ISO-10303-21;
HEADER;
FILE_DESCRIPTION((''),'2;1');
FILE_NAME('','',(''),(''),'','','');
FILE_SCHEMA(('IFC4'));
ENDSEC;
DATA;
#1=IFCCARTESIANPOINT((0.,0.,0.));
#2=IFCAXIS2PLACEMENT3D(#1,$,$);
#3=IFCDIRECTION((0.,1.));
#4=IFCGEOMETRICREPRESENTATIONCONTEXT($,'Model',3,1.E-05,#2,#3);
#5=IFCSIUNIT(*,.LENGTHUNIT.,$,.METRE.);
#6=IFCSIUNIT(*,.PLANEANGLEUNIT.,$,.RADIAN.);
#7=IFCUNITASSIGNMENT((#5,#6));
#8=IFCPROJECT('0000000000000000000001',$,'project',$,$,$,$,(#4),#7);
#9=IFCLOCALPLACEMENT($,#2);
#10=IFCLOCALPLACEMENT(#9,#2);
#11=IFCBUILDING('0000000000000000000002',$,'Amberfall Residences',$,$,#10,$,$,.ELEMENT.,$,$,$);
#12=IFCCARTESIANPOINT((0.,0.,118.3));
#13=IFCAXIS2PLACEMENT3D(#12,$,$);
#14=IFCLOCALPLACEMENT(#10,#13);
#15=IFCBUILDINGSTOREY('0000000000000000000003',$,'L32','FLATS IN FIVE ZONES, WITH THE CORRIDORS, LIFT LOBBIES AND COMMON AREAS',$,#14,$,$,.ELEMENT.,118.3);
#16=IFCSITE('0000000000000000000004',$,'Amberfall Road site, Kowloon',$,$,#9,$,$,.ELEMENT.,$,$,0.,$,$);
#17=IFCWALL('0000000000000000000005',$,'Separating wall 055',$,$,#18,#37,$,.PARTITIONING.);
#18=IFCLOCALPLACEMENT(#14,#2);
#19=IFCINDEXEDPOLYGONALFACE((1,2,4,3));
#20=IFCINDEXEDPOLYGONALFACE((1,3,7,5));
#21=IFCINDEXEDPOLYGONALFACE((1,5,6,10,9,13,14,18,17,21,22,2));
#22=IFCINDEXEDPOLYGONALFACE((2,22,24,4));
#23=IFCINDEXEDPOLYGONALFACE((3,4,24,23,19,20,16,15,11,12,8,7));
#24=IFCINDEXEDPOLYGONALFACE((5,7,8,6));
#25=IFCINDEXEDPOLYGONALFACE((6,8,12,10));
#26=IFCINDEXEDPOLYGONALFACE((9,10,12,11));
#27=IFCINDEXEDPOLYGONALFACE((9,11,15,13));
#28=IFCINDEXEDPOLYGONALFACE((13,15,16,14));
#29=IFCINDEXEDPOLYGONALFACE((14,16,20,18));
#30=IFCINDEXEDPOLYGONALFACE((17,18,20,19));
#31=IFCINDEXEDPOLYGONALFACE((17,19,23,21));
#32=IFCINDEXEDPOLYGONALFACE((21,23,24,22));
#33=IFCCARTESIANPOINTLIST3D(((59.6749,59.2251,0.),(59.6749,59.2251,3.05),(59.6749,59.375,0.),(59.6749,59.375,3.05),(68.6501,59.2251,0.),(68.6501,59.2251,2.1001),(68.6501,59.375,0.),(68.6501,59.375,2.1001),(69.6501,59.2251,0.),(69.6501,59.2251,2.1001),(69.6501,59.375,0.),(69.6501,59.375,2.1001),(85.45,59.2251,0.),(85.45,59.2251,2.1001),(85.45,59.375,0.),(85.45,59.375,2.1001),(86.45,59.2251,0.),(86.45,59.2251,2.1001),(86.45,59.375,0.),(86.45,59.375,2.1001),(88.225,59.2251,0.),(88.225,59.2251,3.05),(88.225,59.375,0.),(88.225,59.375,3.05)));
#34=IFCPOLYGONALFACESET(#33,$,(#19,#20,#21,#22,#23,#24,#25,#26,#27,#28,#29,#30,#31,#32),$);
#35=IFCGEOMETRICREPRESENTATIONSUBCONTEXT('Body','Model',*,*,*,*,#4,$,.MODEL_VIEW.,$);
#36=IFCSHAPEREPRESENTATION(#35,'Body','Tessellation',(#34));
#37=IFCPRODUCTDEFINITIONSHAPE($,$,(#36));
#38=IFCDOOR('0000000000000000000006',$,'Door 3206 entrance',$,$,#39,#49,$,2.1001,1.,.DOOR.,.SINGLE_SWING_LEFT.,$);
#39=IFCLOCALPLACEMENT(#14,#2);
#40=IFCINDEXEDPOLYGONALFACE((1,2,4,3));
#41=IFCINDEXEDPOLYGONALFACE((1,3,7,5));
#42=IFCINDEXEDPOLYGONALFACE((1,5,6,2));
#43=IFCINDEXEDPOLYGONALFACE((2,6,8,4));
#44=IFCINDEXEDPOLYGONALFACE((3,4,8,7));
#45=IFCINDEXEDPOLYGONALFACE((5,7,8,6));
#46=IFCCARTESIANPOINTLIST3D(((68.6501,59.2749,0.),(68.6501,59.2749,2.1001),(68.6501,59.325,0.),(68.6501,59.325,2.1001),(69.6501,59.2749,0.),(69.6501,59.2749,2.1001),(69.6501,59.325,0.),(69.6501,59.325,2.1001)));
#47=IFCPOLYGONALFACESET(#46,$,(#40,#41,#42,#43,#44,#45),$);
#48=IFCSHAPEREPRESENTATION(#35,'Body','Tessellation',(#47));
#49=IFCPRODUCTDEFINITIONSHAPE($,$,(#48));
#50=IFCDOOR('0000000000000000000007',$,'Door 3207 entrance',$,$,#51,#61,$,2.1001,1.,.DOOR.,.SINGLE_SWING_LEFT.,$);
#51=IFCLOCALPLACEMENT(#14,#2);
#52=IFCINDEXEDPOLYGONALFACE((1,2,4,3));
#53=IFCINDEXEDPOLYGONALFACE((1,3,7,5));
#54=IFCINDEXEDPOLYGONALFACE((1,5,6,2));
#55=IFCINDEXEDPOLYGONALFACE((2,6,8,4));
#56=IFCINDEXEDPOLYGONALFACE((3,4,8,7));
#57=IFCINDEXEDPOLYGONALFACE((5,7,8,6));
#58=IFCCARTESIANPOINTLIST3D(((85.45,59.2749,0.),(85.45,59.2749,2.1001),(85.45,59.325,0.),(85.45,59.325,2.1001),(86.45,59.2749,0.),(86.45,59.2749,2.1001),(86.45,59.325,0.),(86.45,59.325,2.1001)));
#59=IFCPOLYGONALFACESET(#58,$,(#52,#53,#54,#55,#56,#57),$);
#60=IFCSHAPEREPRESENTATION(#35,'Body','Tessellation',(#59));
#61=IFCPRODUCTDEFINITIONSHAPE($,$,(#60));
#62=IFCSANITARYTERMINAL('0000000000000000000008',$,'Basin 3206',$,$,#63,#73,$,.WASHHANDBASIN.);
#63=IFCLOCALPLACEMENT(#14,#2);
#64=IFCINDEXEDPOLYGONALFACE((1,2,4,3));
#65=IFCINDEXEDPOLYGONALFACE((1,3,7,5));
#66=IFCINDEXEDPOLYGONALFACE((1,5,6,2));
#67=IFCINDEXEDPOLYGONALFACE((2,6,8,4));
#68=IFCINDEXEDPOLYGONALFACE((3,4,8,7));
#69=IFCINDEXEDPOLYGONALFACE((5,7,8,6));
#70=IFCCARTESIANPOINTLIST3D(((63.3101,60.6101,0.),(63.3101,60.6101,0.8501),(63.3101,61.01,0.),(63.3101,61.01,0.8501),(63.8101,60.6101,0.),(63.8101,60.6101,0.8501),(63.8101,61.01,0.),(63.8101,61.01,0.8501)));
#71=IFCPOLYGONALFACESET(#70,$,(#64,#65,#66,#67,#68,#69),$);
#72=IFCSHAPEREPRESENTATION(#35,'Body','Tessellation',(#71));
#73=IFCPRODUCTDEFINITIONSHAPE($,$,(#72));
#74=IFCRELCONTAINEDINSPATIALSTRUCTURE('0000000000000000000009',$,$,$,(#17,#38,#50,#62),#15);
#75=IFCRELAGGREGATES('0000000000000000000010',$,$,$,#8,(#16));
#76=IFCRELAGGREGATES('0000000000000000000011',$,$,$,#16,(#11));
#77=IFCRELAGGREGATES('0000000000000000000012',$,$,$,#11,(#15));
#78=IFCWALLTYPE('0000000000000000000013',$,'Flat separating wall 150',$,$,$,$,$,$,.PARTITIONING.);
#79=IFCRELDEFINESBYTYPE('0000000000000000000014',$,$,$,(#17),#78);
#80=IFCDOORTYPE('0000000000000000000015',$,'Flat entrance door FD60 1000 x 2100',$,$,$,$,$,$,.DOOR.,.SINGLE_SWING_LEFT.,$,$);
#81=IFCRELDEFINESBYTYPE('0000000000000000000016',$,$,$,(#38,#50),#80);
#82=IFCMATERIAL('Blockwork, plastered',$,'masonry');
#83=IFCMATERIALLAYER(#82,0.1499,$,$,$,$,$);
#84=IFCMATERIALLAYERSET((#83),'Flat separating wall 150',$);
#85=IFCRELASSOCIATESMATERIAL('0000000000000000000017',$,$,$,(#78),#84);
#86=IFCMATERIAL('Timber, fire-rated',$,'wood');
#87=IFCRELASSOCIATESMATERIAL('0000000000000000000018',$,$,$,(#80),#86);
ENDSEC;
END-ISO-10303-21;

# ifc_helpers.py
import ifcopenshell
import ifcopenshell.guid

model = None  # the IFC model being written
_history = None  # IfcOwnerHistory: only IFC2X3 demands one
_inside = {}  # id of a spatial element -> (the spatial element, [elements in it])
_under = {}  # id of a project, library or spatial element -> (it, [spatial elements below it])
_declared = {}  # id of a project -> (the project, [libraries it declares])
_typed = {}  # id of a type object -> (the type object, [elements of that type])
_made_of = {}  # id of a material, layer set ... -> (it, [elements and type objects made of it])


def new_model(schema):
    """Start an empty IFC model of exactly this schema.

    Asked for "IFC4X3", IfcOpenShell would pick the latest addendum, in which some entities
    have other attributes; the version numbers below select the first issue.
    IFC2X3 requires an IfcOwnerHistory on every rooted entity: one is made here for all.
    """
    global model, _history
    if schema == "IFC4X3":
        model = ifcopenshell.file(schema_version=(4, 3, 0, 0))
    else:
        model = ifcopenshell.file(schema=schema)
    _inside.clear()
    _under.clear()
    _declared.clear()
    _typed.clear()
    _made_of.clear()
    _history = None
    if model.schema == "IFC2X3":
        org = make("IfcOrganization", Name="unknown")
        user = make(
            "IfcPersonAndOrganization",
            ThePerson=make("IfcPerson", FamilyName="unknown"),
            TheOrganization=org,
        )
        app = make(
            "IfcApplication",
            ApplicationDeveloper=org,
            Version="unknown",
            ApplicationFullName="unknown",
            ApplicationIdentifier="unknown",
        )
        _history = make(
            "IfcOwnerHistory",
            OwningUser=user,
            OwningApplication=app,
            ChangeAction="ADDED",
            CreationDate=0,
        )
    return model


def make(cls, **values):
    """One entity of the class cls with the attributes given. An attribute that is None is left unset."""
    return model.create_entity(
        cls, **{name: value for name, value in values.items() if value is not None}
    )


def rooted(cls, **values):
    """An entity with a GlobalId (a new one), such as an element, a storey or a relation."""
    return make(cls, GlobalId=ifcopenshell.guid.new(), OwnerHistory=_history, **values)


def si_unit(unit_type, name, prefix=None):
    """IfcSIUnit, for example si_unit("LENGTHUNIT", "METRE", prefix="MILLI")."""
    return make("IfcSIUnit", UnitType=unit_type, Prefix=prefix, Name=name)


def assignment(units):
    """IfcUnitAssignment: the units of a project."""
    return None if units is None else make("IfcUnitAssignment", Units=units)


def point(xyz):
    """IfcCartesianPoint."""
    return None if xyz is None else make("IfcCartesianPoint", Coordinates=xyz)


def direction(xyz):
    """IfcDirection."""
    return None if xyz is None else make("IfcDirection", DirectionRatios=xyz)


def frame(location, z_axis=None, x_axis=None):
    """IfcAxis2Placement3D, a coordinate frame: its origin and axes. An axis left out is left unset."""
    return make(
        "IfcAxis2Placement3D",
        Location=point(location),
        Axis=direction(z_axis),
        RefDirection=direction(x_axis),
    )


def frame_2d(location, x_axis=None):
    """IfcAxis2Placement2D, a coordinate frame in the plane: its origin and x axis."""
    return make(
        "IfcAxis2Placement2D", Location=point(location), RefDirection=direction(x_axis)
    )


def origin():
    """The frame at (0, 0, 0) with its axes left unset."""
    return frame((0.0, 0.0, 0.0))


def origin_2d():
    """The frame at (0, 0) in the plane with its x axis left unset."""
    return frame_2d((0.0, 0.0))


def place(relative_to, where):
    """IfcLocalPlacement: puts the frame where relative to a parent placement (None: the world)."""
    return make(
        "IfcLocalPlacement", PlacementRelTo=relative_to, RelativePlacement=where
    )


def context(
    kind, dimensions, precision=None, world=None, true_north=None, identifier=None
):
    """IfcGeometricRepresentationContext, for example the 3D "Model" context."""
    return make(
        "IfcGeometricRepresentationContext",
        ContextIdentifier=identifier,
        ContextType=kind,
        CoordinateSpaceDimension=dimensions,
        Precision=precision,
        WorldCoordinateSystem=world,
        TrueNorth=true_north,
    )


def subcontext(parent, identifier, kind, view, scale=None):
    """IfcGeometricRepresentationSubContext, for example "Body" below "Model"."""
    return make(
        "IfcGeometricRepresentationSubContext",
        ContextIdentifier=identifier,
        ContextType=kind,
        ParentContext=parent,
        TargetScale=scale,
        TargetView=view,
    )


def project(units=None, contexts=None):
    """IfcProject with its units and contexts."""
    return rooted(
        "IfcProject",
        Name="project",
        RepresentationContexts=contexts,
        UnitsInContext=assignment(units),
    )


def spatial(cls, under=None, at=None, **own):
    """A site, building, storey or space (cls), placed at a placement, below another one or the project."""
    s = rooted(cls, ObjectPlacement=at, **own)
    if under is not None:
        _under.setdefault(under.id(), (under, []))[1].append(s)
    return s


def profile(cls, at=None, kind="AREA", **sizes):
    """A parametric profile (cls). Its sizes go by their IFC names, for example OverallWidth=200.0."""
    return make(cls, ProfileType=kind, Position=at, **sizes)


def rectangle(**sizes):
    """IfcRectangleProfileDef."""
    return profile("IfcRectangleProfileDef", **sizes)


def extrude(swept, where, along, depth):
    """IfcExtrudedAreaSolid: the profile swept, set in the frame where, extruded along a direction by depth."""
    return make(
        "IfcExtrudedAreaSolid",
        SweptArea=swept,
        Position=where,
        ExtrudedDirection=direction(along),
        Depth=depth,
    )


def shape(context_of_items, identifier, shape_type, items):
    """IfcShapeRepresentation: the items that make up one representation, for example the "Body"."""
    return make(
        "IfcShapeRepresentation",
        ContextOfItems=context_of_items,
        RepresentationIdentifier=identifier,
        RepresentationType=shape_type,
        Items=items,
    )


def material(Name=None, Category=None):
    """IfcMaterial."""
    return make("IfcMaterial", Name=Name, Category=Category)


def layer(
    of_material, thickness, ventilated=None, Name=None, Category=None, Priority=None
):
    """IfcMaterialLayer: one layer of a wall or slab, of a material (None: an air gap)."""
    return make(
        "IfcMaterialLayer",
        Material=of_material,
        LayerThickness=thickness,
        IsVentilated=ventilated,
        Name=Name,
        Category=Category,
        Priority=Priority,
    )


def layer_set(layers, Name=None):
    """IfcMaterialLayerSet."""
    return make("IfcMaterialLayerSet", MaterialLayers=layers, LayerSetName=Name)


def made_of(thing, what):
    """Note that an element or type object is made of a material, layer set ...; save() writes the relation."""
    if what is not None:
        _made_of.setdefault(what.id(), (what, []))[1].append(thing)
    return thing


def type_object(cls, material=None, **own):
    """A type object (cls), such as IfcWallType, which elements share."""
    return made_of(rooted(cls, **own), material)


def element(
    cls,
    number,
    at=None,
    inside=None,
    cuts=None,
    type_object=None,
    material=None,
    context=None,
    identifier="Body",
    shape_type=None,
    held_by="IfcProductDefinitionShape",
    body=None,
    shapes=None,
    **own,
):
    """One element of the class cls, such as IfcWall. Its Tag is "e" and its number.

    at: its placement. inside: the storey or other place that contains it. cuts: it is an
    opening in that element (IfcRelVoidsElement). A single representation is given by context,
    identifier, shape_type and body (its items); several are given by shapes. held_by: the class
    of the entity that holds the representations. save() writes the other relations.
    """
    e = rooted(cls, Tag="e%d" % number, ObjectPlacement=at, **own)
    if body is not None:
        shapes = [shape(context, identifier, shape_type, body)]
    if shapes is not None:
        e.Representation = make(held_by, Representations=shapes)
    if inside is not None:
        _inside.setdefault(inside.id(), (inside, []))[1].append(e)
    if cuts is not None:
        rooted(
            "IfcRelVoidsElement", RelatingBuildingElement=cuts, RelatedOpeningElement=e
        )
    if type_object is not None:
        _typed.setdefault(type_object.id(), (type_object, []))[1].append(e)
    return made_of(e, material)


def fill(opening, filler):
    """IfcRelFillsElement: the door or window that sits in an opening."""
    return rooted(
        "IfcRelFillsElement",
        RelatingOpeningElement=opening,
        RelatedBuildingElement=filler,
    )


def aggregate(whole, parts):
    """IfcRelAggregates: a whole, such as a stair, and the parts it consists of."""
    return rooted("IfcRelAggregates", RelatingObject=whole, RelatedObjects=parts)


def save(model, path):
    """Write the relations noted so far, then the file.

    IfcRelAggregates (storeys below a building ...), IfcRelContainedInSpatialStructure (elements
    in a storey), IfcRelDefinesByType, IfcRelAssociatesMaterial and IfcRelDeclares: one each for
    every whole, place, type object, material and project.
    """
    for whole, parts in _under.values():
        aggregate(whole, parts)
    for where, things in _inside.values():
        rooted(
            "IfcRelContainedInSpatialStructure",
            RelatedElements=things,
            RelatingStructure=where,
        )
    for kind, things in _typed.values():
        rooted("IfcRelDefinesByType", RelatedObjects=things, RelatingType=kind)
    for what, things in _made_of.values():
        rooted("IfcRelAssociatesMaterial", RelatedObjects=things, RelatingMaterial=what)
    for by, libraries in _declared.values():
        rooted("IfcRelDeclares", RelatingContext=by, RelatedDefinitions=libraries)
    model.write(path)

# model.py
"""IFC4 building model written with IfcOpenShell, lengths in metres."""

from ifc_helpers import new_model, si_unit, direction, frame, frame_2d, origin, origin_2d, place, context, subcontext, project, spatial, rectangle, extrude, material, layer, layer_set, type_object, element, fill, save


model = new_model("IFC4")

# Units and contexts
model_context = context("Model", 3, precision=1e-05, world=origin(), true_north=direction((0.0, 1.0)))
body_context = subcontext(model_context, "Body", "Model", "MODEL_VIEW")
ifc_project = project(units=[si_unit("LENGTHUNIT", "METRE"), si_unit("PLANEANGLEUNIT", "RADIAN")], contexts=[model_context])

# Site, building, storey
site_placement = place(None, origin())
site = spatial("IfcSite", under=ifc_project, at=site_placement, Name="Amberfall Road site, Kowloon", CompositionType="ELEMENT", RefElevation=0.0)
building_placement = place(site_placement, origin())
building = spatial("IfcBuilding", under=site, at=building_placement, Name="Amberfall Residences", CompositionType="ELEMENT")
storey_placement = place(building_placement, frame((0.0, 0.0, 118.3)))
storey = spatial("IfcBuildingStorey", under=building, at=storey_placement, Name="L32", Description="FLATS IN FIVE ZONES, WITH THE CORRIDORS, LIFT LOBBIES AND COMMON AREAS", CompositionType="ELEMENT", Elevation=118.3)

# Shared definitions
ifc_material_1 = material(Name="Blockwork, plastered", Category="masonry")
ifc_layer_1 = layer(ifc_material_1, 0.1499)
ifc_layer_set_1 = layer_set([ifc_layer_1], Name="Flat separating wall 150")
wall_type_1 = type_object("IfcWallType", Name="Flat separating wall 150", PredefinedType="PARTITIONING", material=ifc_layer_set_1)

# Wall, openings, doors
wall_1_placement = place(storey_placement, frame((59.675, 59.3, 0.0), z_axis=(0.0, 0.0, 1.0), x_axis=(1.0, 0.0, 0.0)))
wall_1 = element("IfcWall", 1, at=wall_1_placement, inside=storey, type_object=wall_type_1, Name="Separating wall 055", PredefinedType="PARTITIONING", context=body_context, shape_type="SweptSolid", body=[
    extrude(rectangle(XDim=28.55, YDim=0.1499, at=frame_2d((14.2749, 0.0))), origin(), (0.0, 0.0, 1.0), 3.05),
])
opening_1_placement = place(wall_1_placement, frame((8.9751, 0.0, 0.0)))
opening_1 = element("IfcOpeningElement", 2, at=opening_1_placement, cuts=wall_1, PredefinedType="OPENING", context=body_context, shape_type="SweptSolid", body=[
    extrude(rectangle(XDim=1.0, YDim=2.1001, at=frame_2d((0.5, 1.05))), frame((0.0, 0.085, 0.0), z_axis=(0.0, -1.0, 0.0), x_axis=(1.0, 0.0, 0.0)), (0.0, 0.0, 1.0), 0.1699),
])
opening_2_placement = place(wall_1_placement, frame((25.7749, 0.0, 0.0)))
opening_2 = element("IfcOpeningElement", 3, at=opening_2_placement, cuts=wall_1, PredefinedType="OPENING", context=body_context, shape_type="SweptSolid", body=[
    extrude(rectangle(XDim=1.0, YDim=2.1001, at=frame_2d((0.5, 1.05))), frame((0.0, 0.085, 0.0), z_axis=(0.0, -1.0, 0.0), x_axis=(1.0, 0.0, 0.0)), (0.0, 0.0, 1.0), 0.1699),
])
ifc_material_2 = material(Name="Timber, fire-rated", Category="wood")
door_type_1 = type_object("IfcDoorType", Name="Flat entrance door FD60 1000 x 2100", OperationType="SINGLE_SWING_LEFT", PredefinedType="DOOR", material=ifc_material_2)
door_1_placement = place(opening_1_placement, origin())
door_1 = element("IfcDoor", 4, at=door_1_placement, inside=storey, type_object=door_type_1, Name="Door 3206 entrance", OperationType="SINGLE_SWING_LEFT", OverallHeight=2.1001, OverallWidth=1.0, PredefinedType="DOOR", context=body_context, shape_type="SweptSolid", body=[
    extrude(rectangle(XDim=1.0, YDim=2.1001, at=frame_2d((0.5, 1.05))), frame((0.0, 0.0249, 0.0), z_axis=(0.0, -1.0, 0.0), x_axis=(1.0, 0.0, 0.0)), (0.0, 0.0, 1.0), 0.05),
])
fill(opening_1, door_1)
door_2_placement = place(opening_2_placement, origin())
door_2 = element("IfcDoor", 5, at=door_2_placement, inside=storey, type_object=door_type_1, Name="Door 3207 entrance", OperationType="SINGLE_SWING_LEFT", OverallHeight=2.1001, OverallWidth=1.0, PredefinedType="DOOR", context=body_context, shape_type="SweptSolid", body=[
    extrude(rectangle(XDim=1.0, YDim=2.1001, at=frame_2d((0.5, 1.05))), frame((0.0, 0.0249, 0.0), z_axis=(0.0, -1.0, 0.0), x_axis=(1.0, 0.0, 0.0)), (0.0, 0.0, 1.0), 0.05),
])
fill(opening_2, door_2)

# Sanitary terminal
sanitary_terminal_placement = place(storey_placement, frame((63.5601, 60.8101, 0.0), z_axis=(0.0, 0.0, 1.0), x_axis=(1.0, 0.0, 0.0)))
element("IfcSanitaryTerminal", 6, at=sanitary_terminal_placement, inside=storey, Name="Basin 3206", PredefinedType="WASHHANDBASIN", context=body_context, shape_type="SweptSolid", body=[
    extrude(rectangle(XDim=0.5, YDim=0.3999, at=origin_2d()), origin(), (0.0, 0.0, 1.0), 0.8501),
])

save(model, "model.ifc")
